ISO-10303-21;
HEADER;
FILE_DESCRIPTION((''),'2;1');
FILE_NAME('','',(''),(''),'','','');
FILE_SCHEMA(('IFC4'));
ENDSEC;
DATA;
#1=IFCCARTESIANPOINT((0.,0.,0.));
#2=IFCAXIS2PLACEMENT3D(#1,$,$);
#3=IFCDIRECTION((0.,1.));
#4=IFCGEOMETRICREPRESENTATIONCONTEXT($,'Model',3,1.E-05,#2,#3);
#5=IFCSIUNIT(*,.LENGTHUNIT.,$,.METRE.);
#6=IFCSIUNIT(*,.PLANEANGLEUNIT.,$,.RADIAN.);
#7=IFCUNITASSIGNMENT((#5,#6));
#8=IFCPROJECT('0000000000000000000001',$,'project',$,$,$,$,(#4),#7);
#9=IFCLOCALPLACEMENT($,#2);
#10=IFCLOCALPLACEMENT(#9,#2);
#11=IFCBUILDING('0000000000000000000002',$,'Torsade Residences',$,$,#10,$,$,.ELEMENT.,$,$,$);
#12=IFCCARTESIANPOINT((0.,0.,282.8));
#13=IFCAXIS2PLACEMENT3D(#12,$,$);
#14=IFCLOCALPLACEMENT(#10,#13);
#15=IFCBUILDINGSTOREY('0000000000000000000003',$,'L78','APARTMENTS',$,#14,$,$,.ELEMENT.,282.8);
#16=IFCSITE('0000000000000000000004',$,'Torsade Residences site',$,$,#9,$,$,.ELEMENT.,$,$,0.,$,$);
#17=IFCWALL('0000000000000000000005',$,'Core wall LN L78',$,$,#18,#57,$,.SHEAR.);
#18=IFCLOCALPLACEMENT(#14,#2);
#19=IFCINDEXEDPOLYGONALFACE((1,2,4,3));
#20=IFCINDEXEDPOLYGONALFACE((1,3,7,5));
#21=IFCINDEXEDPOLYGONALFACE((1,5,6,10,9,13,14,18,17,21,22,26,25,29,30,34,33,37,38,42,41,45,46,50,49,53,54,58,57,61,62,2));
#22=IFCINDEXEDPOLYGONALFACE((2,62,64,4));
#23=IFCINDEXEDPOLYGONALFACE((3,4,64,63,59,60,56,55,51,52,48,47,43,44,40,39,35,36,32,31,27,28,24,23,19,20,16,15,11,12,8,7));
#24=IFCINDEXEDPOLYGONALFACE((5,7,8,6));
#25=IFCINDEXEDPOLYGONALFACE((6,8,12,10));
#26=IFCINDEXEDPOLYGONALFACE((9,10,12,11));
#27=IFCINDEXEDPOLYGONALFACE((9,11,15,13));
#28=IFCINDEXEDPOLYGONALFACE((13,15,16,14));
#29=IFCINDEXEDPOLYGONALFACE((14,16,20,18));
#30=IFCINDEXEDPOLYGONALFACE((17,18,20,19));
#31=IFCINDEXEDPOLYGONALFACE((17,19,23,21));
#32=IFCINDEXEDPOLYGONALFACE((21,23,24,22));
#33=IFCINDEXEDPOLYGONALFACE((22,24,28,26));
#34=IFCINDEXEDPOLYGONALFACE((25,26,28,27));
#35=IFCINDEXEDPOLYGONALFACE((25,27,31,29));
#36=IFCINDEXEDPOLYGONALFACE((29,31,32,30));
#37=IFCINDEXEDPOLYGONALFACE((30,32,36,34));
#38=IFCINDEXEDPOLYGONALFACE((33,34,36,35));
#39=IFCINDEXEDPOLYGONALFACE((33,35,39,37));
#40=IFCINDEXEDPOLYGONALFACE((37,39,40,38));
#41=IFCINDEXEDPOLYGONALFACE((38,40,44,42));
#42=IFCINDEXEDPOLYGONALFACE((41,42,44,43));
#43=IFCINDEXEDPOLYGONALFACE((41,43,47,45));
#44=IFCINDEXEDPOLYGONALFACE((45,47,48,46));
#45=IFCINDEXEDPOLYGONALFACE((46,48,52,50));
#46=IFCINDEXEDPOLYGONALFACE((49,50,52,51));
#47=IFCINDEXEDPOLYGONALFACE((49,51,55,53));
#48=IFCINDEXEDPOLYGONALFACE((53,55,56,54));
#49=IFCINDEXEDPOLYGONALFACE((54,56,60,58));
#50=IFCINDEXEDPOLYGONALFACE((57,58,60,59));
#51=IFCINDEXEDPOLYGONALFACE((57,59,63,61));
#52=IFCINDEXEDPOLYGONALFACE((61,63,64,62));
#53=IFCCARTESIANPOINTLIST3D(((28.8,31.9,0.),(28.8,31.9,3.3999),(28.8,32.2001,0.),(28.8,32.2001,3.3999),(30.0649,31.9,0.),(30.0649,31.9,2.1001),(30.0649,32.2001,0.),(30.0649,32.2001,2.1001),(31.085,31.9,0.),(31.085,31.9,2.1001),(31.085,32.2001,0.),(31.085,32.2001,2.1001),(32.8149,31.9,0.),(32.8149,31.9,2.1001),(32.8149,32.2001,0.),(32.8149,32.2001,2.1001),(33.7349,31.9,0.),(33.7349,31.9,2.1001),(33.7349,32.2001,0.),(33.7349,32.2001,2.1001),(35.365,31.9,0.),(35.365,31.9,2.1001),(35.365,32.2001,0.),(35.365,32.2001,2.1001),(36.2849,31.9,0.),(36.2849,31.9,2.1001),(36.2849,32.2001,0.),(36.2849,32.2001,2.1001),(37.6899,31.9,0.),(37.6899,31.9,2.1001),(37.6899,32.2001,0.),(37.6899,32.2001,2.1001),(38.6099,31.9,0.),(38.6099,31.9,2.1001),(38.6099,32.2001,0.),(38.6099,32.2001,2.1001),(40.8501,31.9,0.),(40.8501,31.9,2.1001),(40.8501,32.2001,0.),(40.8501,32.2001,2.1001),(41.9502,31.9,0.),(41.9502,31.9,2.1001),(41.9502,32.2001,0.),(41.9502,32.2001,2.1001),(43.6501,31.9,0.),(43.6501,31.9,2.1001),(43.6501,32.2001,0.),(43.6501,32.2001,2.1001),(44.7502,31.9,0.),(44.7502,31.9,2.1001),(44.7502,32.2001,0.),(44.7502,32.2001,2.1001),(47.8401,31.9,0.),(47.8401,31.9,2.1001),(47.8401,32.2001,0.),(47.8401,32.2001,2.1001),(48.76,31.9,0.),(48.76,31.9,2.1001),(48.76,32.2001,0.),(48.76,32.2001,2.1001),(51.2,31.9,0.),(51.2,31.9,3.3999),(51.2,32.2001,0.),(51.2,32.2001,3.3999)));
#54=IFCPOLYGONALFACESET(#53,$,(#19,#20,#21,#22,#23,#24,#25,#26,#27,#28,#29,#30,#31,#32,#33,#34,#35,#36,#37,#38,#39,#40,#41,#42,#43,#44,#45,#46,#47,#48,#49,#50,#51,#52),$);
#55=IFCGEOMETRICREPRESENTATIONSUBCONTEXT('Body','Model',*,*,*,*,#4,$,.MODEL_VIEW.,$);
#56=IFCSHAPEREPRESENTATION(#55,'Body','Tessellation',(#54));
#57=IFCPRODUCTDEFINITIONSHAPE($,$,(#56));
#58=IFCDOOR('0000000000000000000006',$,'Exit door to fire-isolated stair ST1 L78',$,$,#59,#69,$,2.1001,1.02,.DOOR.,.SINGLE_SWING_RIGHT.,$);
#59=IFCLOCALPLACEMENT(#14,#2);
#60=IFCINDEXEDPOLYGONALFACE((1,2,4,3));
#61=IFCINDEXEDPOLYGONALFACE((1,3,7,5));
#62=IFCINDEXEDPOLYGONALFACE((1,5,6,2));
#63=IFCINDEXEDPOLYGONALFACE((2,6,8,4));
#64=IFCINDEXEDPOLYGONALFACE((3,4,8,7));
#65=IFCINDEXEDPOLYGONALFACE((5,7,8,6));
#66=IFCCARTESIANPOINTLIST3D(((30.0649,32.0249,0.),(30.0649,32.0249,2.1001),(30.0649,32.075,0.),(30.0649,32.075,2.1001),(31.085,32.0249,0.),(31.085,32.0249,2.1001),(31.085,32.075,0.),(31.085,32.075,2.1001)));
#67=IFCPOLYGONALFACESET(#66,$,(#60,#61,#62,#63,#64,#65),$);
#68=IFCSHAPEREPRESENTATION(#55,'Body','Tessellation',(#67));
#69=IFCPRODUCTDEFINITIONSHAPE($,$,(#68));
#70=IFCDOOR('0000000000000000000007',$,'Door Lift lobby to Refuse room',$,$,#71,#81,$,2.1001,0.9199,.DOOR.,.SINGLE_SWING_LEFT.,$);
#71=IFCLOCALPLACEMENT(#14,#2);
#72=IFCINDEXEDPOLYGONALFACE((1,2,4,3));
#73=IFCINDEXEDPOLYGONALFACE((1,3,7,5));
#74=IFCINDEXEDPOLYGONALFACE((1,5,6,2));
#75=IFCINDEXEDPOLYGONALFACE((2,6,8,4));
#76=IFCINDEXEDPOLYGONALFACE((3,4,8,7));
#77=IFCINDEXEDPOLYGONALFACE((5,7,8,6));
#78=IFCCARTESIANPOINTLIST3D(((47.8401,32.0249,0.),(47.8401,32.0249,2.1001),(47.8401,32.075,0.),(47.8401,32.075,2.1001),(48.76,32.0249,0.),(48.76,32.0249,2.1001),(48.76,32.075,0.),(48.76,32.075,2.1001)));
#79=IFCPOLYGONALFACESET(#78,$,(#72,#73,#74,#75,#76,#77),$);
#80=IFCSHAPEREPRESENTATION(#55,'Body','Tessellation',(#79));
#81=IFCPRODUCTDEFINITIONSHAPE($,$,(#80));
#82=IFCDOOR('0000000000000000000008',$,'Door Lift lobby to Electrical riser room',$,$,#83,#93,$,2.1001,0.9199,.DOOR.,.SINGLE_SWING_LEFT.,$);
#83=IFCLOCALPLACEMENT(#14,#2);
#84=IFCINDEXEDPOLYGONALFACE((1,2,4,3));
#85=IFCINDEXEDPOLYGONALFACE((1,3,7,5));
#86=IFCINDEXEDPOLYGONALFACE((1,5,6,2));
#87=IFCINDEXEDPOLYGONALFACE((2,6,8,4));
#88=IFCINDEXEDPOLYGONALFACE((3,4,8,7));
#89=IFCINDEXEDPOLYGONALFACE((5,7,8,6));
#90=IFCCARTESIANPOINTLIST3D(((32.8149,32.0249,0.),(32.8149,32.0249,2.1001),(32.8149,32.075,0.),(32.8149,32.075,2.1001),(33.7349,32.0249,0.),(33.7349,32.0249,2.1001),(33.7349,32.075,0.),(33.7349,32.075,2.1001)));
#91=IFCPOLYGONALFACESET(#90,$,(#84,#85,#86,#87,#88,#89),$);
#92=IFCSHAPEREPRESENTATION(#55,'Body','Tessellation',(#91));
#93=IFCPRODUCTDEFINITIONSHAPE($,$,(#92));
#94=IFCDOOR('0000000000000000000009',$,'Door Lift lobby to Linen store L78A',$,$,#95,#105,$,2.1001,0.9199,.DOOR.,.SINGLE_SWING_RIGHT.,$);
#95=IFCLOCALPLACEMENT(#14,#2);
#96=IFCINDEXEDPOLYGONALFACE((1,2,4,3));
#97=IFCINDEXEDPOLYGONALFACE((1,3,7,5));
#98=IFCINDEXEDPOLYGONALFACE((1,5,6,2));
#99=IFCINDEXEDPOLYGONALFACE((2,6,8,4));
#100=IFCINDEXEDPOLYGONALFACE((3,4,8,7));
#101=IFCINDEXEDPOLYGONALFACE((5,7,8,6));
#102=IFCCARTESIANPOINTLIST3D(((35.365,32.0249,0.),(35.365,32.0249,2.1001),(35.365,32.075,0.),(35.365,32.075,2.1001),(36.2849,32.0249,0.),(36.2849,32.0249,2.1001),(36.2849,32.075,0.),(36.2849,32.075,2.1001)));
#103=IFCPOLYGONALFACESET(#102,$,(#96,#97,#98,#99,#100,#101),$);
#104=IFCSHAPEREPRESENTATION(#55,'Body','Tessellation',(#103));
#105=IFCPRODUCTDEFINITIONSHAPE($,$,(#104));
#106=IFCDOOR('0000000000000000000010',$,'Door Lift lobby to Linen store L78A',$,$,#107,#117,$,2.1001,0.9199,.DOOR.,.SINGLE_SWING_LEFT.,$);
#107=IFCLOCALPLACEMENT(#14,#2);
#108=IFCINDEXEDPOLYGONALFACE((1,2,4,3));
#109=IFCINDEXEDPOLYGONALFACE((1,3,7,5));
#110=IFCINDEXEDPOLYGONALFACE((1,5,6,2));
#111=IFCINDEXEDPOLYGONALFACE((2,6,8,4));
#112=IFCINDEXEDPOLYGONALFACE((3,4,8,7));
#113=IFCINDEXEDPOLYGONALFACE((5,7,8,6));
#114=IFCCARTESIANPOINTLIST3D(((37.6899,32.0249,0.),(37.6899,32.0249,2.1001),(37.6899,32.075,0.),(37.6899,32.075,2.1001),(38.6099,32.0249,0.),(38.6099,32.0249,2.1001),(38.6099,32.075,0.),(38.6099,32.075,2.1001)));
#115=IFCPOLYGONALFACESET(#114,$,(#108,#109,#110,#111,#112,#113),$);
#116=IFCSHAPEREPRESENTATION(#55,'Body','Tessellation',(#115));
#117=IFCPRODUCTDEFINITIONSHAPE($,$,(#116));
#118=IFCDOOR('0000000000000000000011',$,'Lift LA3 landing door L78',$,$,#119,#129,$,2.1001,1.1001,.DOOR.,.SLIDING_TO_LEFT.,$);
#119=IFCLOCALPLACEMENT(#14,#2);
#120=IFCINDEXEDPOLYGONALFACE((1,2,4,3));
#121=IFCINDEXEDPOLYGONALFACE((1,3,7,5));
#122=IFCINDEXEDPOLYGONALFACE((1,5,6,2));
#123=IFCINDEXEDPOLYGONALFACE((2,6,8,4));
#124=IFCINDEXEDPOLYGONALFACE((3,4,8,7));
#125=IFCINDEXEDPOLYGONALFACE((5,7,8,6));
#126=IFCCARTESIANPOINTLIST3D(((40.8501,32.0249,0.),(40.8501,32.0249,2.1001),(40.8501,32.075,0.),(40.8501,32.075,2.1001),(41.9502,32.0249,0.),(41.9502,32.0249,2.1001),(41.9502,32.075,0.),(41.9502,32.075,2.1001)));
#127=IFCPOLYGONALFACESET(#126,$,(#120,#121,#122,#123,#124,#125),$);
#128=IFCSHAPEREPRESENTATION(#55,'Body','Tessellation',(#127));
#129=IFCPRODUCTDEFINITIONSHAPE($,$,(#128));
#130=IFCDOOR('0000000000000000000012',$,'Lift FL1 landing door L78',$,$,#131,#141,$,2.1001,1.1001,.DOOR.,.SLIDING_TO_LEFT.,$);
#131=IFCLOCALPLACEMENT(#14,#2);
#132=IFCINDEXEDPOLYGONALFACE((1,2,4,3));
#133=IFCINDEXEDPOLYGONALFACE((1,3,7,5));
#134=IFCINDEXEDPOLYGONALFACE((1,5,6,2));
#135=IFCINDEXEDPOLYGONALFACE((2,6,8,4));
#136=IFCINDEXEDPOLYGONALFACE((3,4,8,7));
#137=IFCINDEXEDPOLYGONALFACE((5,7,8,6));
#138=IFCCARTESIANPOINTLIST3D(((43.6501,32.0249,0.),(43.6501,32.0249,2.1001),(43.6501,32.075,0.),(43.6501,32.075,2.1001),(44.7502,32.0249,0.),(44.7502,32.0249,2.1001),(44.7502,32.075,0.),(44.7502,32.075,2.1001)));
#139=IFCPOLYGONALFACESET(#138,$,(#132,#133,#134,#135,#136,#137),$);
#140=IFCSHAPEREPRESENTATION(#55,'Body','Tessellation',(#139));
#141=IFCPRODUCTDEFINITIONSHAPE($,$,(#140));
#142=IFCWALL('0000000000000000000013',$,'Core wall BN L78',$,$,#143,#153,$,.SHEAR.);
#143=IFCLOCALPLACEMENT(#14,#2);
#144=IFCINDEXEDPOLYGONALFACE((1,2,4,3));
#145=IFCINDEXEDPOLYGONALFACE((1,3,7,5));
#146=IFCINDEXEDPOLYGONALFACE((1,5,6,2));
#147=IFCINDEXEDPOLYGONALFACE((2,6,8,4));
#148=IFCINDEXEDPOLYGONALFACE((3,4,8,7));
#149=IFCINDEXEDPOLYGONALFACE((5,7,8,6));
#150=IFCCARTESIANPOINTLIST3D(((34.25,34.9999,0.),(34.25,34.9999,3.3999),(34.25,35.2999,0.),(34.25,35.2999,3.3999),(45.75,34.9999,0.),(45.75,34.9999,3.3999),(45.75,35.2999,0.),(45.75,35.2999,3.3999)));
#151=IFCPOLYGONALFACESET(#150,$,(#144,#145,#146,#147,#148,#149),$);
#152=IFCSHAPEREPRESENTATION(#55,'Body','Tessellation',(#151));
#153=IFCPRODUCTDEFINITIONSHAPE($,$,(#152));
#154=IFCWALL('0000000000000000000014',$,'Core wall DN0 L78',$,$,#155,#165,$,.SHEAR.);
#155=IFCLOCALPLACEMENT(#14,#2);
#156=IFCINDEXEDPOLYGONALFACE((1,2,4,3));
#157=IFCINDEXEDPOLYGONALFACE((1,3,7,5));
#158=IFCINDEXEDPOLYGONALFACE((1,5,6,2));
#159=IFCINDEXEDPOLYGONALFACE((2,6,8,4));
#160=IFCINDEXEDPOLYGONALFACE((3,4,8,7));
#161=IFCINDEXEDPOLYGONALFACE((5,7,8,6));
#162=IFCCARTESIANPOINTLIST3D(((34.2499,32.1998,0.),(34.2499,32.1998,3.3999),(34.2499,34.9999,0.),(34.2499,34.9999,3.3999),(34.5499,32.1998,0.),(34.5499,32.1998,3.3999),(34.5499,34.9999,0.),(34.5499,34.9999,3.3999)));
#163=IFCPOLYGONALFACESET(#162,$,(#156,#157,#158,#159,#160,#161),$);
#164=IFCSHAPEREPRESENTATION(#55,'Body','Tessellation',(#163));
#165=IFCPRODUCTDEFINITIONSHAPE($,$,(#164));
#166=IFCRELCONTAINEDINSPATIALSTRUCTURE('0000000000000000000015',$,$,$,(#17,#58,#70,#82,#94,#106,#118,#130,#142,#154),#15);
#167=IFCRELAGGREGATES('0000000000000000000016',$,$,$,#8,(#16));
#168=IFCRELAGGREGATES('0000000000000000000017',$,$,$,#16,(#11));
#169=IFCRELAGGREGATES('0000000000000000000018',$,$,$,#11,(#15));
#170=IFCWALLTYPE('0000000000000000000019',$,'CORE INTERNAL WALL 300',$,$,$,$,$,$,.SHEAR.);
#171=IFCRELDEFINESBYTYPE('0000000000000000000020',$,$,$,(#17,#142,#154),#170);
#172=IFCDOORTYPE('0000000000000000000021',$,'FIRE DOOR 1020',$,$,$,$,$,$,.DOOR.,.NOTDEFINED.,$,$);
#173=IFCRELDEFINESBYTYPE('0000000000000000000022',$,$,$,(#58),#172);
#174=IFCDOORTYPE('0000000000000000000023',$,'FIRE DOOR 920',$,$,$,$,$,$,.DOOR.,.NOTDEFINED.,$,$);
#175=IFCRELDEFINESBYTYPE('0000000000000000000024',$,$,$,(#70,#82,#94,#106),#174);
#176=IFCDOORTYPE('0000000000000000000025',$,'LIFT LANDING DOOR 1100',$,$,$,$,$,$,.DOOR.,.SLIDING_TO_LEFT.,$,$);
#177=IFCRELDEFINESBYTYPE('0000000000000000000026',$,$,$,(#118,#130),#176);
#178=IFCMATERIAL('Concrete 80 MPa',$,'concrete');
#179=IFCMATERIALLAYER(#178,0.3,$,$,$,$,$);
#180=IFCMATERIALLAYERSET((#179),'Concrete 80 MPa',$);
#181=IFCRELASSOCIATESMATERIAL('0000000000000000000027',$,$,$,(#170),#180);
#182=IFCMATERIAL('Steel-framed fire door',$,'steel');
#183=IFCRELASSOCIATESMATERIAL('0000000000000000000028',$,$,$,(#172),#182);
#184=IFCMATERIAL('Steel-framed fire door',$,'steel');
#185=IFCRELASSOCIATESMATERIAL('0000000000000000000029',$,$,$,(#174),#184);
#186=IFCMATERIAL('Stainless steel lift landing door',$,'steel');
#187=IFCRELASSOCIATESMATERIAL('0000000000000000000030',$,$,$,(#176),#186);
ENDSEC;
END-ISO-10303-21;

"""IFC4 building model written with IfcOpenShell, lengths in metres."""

from ifc_helpers import new_model, si_unit, direction, frame, frame_2d, origin, place, context, subcontext, project, spatial, rectangle, extrude, material, layer, layer_set, type_object, element, fill, save


model = new_model("IFC4")

# Units and contexts
model_context = context("Model", 3, precision=1e-05, world=origin(), true_north=direction((0.0, 1.0)))
body_context = subcontext(model_context, "Body", "Model", "MODEL_VIEW")
ifc_project = project(units=[si_unit("LENGTHUNIT", "METRE"), si_unit("PLANEANGLEUNIT", "RADIAN")], contexts=[model_context])

# Site, building, storey
site_placement = place(None, origin())
site = spatial("IfcSite", under=ifc_project, at=site_placement, Name="Torsade Residences site", CompositionType="ELEMENT", RefElevation=0.0)
building_placement = place(site_placement, origin())
building = spatial("IfcBuilding", under=site, at=building_placement, Name="Torsade Residences", CompositionType="ELEMENT")
storey_placement = place(building_placement, frame((0.0, 0.0, 282.8)))
storey = spatial("IfcBuildingStorey", under=building, at=storey_placement, Name="L78", Description="APARTMENTS", CompositionType="ELEMENT", Elevation=282.8)

# Wall, openings, doors
ifc_material_1 = material(Name="Concrete 80 MPa", Category="concrete")
ifc_layer_1 = layer(ifc_material_1, 0.3)
ifc_layer_set_1 = layer_set([ifc_layer_1], Name="Concrete 80 MPa")
wall_type_1 = type_object("IfcWallType", Name="CORE INTERNAL WALL 300", PredefinedType="SHEAR", material=ifc_layer_set_1)
wall_1_placement = place(storey_placement, frame((28.8, 32.05, 0.0), z_axis=(0.0, 0.0, 1.0), x_axis=(1.0, 0.0, 0.0)))
wall_1 = element("IfcWall", 1, at=wall_1_placement, inside=storey, type_object=wall_type_1, Name="Core wall LN L78", PredefinedType="SHEAR", context=body_context, shape_type="SweptSolid", body=[
    extrude(rectangle(XDim=22.3999, YDim=0.3, at=frame_2d((11.2, 0.0))), origin(), (0.0, 0.0, 1.0), 3.3999),
])
opening_1_placement = place(wall_1_placement, frame((19.04, 0.0, 0.0)))
opening_1 = element("IfcOpeningElement", 2, at=opening_1_placement, cuts=wall_1, PredefinedType="OPENING", context=body_context, shape_type="SweptSolid", body=[
    extrude(rectangle(XDim=0.9199, YDim=2.1001, at=frame_2d((0.46, 1.05))), frame((0.0, 0.1599, 0.0), z_axis=(0.0, -1.0, 0.0), x_axis=(1.0, 0.0, 0.0)), (0.0, 0.0, 1.0), 0.3201),
])
opening_2_placement = place(wall_1_placement, frame((1.2649, 0.0, 0.0)))
opening_2 = element("IfcOpeningElement", 3, at=opening_2_placement, cuts=wall_1, PredefinedType="OPENING", context=body_context, shape_type="SweptSolid", body=[
    extrude(rectangle(XDim=1.02, YDim=2.1001, at=frame_2d((0.51, 1.05))), frame((0.0, 0.1599, 0.0), z_axis=(0.0, -1.0, 0.0), x_axis=(1.0, 0.0, 0.0)), (0.0, 0.0, 1.0), 0.3201),
])
opening_3_placement = place(wall_1_placement, frame((4.0149, 0.0, 0.0)))
opening_3 = element("IfcOpeningElement", 4, at=opening_3_placement, cuts=wall_1, PredefinedType="OPENING", context=body_context, shape_type="SweptSolid", body=[
    extrude(rectangle(XDim=0.9199, YDim=2.1001, at=frame_2d((0.46, 1.05))), frame((0.0, 0.1599, 0.0), z_axis=(0.0, -1.0, 0.0), x_axis=(1.0, 0.0, 0.0)), (0.0, 0.0, 1.0), 0.3201),
])
opening_4_placement = place(wall_1_placement, frame((6.5649, 0.0, 0.0)))
opening_4 = element("IfcOpeningElement", 5, at=opening_4_placement, cuts=wall_1, PredefinedType="OPENING", context=body_context, shape_type="SweptSolid", body=[
    extrude(rectangle(XDim=0.9199, YDim=2.1001, at=frame_2d((0.46, 1.05))), frame((0.0, 0.1599, 0.0), z_axis=(0.0, -1.0, 0.0), x_axis=(1.0, 0.0, 0.0)), (0.0, 0.0, 1.0), 0.3201),
])
opening_5_placement = place(wall_1_placement, frame((8.8899, 0.0, 0.0)))
opening_5 = element("IfcOpeningElement", 6, at=opening_5_placement, cuts=wall_1, PredefinedType="OPENING", context=body_context, shape_type="SweptSolid", body=[
    extrude(rectangle(XDim=0.9199, YDim=2.1001, at=frame_2d((0.46, 1.05))), frame((0.0, 0.1599, 0.0), z_axis=(0.0, -1.0, 0.0), x_axis=(1.0, 0.0, 0.0)), (0.0, 0.0, 1.0), 0.3201),
])
opening_6_placement = place(wall_1_placement, frame((12.05, 0.0, 0.0)))
opening_6 = element("IfcOpeningElement", 7, at=opening_6_placement, cuts=wall_1, PredefinedType="OPENING", context=body_context, shape_type="SweptSolid", body=[
    extrude(rectangle(XDim=1.1001, YDim=2.1001, at=frame_2d((0.55, 1.05))), frame((0.0, 0.1599, 0.0), z_axis=(0.0, -1.0, 0.0), x_axis=(1.0, 0.0, 0.0)), (0.0, 0.0, 1.0), 0.3201),
])
opening_7_placement = place(wall_1_placement, frame((14.8501, 0.0, 0.0)))
opening_7 = element("IfcOpeningElement", 8, at=opening_7_placement, cuts=wall_1, PredefinedType="OPENING", context=body_context, shape_type="SweptSolid", body=[
    extrude(rectangle(XDim=1.1001, YDim=2.1001, at=frame_2d((0.55, 1.05))), frame((0.0, 0.1599, 0.0), z_axis=(0.0, -1.0, 0.0), x_axis=(1.0, 0.0, 0.0)), (0.0, 0.0, 1.0), 0.3201),
])
ifc_material_2 = material(Name="Steel-framed fire door", Category="steel")
door_type_1 = type_object("IfcDoorType", Name="FIRE DOOR 1020", OperationType="NOTDEFINED", PredefinedType="DOOR", material=ifc_material_2)
door_1_placement = place(opening_2_placement, origin())
door_1 = element("IfcDoor", 9, at=door_1_placement, inside=storey, type_object=door_type_1, Name="Exit door to fire-isolated stair ST1 L78", OperationType="SINGLE_SWING_RIGHT", OverallHeight=2.1001, OverallWidth=1.02, PredefinedType="DOOR", context=body_context, shape_type="SweptSolid", body=[
    extrude(rectangle(XDim=1.02, YDim=2.1001, at=frame_2d((0.51, 1.05))), frame((0.0, 0.0249, 0.0), z_axis=(0.0, -1.0, 0.0), x_axis=(1.0, 0.0, 0.0)), (0.0, 0.0, 1.0), 0.05),
])
fill(opening_2, door_1)
ifc_material_3 = material(Name="Steel-framed fire door", Category="steel")
door_type_2 = type_object("IfcDoorType", Name="FIRE DOOR 920", OperationType="NOTDEFINED", PredefinedType="DOOR", material=ifc_material_3)
door_2_placement = place(opening_1_placement, origin())
door_2 = element("IfcDoor", 10, at=door_2_placement, inside=storey, type_object=door_type_2, Name="Door Lift lobby to Refuse room", OperationType="SINGLE_SWING_LEFT", OverallHeight=2.1001, OverallWidth=0.9199, PredefinedType="DOOR", context=body_context, shape_type="SweptSolid", body=[
    extrude(rectangle(XDim=0.9199, YDim=2.1001, at=frame_2d((0.46, 1.05))), frame((0.0, 0.0249, 0.0), z_axis=(0.0, -1.0, 0.0), x_axis=(1.0, 0.0, 0.0)), (0.0, 0.0, 1.0), 0.05),
])
fill(opening_1, door_2)
door_3_placement = place(opening_3_placement, origin())
door_3 = element("IfcDoor", 11, at=door_3_placement, inside=storey, type_object=door_type_2, Name="Door Lift lobby to Electrical riser room", OperationType="SINGLE_SWING_LEFT", OverallHeight=2.1001, OverallWidth=0.9199, PredefinedType="DOOR", context=body_context, shape_type="SweptSolid", body=[
    extrude(rectangle(XDim=0.9199, YDim=2.1001, at=frame_2d((0.46, 1.05))), frame((0.0, 0.0249, 0.0), z_axis=(0.0, -1.0, 0.0), x_axis=(1.0, 0.0, 0.0)), (0.0, 0.0, 1.0), 0.05),
])
fill(opening_3, door_3)
door_4_placement = place(opening_4_placement, origin())
door_4 = element("IfcDoor", 12, at=door_4_placement, inside=storey, type_object=door_type_2, Name="Door Lift lobby to Linen store L78A", OperationType="SINGLE_SWING_RIGHT", OverallHeight=2.1001, OverallWidth=0.9199, PredefinedType="DOOR", context=body_context, shape_type="SweptSolid", body=[
    extrude(rectangle(XDim=0.9199, YDim=2.1001, at=frame_2d((0.46, 1.05))), frame((0.0, 0.0249, 0.0), z_axis=(0.0, -1.0, 0.0), x_axis=(1.0, 0.0, 0.0)), (0.0, 0.0, 1.0), 0.05),
])
fill(opening_4, door_4)
door_5_placement = place(opening_5_placement, origin())
door_5 = element("IfcDoor", 13, at=door_5_placement, inside=storey, type_object=door_type_2, Name="Door Lift lobby to Linen store L78A", OperationType="SINGLE_SWING_LEFT", OverallHeight=2.1001, OverallWidth=0.9199, PredefinedType="DOOR", context=body_context, shape_type="SweptSolid", body=[
    extrude(rectangle(XDim=0.9199, YDim=2.1001, at=frame_2d((0.46, 1.05))), frame((0.0, 0.0249, 0.0), z_axis=(0.0, -1.0, 0.0), x_axis=(1.0, 0.0, 0.0)), (0.0, 0.0, 1.0), 0.05),
])
fill(opening_5, door_5)
ifc_material_4 = material(Name="Stainless steel lift landing door", Category="steel")
door_type_3 = type_object("IfcDoorType", Name="LIFT LANDING DOOR 1100", OperationType="SLIDING_TO_LEFT", PredefinedType="DOOR", material=ifc_material_4)
door_6_placement = place(opening_6_placement, origin())
door_6 = element("IfcDoor", 14, at=door_6_placement, inside=storey, type_object=door_type_3, Name="Lift LA3 landing door L78", OperationType="SLIDING_TO_LEFT", OverallHeight=2.1001, OverallWidth=1.1001, PredefinedType="DOOR", context=body_context, shape_type="SweptSolid", body=[
    extrude(rectangle(XDim=1.1001, YDim=2.1001, at=frame_2d((0.55, 1.05))), frame((0.0, 0.0249, 0.0), z_axis=(0.0, -1.0, 0.0), x_axis=(1.0, 0.0, 0.0)), (0.0, 0.0, 1.0), 0.05),
])
fill(opening_6, door_6)
door_7_placement = place(opening_7_placement, origin())
door_7 = element("IfcDoor", 15, at=door_7_placement, inside=storey, type_object=door_type_3, Name="Lift FL1 landing door L78", OperationType="SLIDING_TO_LEFT", OverallHeight=2.1001, OverallWidth=1.1001, PredefinedType="DOOR", context=body_context, shape_type="SweptSolid", body=[
    extrude(rectangle(XDim=1.1001, YDim=2.1001, at=frame_2d((0.55, 1.05))), frame((0.0, 0.0249, 0.0), z_axis=(0.0, -1.0, 0.0), x_axis=(1.0, 0.0, 0.0)), (0.0, 0.0, 1.0), 0.05),
])
fill(opening_7, door_7)

# Walls
wall_2_placement = place(storey_placement, frame((34.25, 35.1499, 0.0), z_axis=(0.0, 0.0, 1.0), x_axis=(1.0, 0.0, 0.0)))
element("IfcWall", 16, at=wall_2_placement, inside=storey, type_object=wall_type_1, Name="Core wall BN L78", PredefinedType="SHEAR", context=body_context, shape_type="SweptSolid", body=[
    extrude(rectangle(XDim=11.5, YDim=0.3, at=frame_2d((5.75, 0.0))), origin(), (0.0, 0.0, 1.0), 3.3999),
])
wall_3_placement = place(storey_placement, frame((34.3999, 32.2, 0.0), z_axis=(0.0, 0.0, 1.0), x_axis=(0.0, 1.0, 0.0)))
element("IfcWall", 17, at=wall_3_placement, inside=storey, type_object=wall_type_1, Name="Core wall DN0 L78", PredefinedType="SHEAR", context=body_context, shape_type="SweptSolid", body=[
    extrude(rectangle(XDim=2.8, YDim=0.3, at=frame_2d((1.3999, 0.0))), origin(), (0.0, 0.0, 1.0), 3.3999),
])

save(model, "model.ifc")
